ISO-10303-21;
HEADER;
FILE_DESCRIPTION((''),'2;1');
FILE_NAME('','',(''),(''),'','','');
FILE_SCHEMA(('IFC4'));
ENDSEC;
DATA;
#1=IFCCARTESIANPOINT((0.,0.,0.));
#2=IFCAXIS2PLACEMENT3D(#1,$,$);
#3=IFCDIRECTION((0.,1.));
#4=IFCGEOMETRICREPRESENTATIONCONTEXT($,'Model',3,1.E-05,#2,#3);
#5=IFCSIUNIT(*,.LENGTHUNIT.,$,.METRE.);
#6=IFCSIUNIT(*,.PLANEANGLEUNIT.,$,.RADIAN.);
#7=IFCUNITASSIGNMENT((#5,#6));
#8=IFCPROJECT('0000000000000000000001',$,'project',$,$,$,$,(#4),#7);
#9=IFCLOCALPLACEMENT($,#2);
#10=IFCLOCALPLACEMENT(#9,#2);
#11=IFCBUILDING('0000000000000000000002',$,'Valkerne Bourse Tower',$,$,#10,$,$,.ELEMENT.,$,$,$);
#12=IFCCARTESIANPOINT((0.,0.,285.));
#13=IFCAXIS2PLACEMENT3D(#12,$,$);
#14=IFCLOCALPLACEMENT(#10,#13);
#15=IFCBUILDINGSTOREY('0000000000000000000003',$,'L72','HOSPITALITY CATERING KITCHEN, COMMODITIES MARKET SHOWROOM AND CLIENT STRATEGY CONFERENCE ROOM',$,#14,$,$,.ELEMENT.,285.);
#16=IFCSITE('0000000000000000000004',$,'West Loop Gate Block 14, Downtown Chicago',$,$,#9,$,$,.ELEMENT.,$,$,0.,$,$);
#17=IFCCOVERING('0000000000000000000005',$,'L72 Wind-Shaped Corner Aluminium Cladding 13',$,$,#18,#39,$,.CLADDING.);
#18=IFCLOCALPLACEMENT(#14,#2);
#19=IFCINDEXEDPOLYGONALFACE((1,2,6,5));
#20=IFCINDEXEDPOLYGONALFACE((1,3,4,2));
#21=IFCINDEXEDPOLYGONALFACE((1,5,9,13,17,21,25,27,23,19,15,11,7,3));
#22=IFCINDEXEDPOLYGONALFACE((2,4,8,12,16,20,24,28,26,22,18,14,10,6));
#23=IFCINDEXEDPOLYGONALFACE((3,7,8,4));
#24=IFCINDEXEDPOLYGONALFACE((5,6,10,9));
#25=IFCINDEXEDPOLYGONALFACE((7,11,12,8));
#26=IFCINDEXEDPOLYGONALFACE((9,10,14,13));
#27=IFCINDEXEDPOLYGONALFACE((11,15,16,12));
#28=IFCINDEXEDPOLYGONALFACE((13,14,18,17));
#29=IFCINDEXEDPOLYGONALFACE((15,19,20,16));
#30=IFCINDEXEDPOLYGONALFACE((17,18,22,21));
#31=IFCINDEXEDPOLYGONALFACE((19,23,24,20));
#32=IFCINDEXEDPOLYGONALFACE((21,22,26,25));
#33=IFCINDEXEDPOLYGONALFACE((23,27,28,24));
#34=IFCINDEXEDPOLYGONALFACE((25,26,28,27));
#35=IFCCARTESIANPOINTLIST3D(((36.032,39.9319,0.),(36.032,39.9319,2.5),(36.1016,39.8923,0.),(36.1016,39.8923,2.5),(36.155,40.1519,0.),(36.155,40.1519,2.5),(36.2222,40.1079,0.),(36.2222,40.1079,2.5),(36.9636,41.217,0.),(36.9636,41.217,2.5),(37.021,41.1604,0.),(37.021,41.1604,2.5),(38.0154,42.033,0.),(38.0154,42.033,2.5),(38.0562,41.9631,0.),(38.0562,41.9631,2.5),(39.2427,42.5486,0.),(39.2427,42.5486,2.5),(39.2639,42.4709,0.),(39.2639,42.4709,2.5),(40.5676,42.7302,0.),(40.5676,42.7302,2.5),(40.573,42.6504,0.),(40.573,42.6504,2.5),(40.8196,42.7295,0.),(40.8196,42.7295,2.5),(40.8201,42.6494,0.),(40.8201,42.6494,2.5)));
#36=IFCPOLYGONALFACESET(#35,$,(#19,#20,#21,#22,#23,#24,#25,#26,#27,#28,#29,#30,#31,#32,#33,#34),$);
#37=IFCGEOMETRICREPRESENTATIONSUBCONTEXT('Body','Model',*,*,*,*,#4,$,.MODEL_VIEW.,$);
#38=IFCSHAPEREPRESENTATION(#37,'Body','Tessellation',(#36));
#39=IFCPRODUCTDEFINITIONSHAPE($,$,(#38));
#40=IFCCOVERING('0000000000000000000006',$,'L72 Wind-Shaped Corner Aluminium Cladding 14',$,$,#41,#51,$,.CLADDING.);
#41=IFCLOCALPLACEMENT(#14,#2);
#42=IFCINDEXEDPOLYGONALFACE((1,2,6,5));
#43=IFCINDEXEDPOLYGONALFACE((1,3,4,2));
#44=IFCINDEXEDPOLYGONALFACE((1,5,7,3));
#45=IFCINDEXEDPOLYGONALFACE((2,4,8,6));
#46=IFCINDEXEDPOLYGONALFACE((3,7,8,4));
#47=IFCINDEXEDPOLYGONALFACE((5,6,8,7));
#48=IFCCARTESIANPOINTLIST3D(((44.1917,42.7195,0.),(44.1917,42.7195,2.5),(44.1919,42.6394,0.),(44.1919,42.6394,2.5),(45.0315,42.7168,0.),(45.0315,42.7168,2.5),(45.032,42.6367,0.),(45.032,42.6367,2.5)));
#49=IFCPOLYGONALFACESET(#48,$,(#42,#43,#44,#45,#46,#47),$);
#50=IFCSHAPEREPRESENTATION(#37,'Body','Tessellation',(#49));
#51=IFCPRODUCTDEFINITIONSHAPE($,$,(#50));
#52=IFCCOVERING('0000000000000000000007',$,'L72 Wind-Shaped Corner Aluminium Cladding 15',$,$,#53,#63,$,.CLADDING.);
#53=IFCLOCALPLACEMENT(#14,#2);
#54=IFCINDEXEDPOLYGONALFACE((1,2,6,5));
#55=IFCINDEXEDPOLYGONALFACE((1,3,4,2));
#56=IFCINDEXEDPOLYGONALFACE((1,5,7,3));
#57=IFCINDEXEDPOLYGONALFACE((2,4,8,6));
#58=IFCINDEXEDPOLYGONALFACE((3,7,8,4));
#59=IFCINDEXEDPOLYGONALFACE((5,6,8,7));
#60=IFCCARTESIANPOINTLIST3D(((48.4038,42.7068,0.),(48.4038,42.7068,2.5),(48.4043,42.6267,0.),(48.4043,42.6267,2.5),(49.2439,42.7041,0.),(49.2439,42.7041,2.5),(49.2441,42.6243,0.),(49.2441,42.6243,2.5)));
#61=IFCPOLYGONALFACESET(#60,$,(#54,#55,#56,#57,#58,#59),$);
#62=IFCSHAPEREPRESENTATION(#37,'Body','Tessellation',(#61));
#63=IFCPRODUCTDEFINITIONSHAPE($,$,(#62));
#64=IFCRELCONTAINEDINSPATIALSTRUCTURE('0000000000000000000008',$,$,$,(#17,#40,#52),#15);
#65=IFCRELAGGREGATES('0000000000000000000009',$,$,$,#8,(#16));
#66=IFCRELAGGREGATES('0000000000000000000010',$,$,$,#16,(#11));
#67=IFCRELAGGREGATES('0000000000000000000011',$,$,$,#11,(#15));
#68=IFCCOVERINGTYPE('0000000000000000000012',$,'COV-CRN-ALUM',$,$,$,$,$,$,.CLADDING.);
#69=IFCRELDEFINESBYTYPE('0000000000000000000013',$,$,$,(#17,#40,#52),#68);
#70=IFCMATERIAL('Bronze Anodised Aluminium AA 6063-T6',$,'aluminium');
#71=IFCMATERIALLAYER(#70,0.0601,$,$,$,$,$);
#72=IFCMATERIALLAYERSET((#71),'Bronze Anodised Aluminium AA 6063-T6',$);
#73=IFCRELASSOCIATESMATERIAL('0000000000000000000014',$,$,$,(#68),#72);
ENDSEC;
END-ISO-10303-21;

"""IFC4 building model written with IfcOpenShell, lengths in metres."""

from ifc_helpers import new_model, si_unit, direction, frame, origin, place, context, subcontext, project, spatial, polyline, outline, extrude, material, layer, layer_set, type_object, element, save


model = new_model("IFC4")

# Units and contexts
model_context = context("Model", 3, precision=1e-05, world=origin(), true_north=direction((0.0, 1.0)))
body_context = subcontext(model_context, "Body", "Model", "MODEL_VIEW")
ifc_project = project(units=[si_unit("LENGTHUNIT", "METRE"), si_unit("PLANEANGLEUNIT", "RADIAN")], contexts=[model_context])

# Site, building, storey
site_placement = place(None, origin())
site = spatial("IfcSite", under=ifc_project, at=site_placement, Name="West Loop Gate Block 14, Downtown Chicago", CompositionType="ELEMENT", RefElevation=0.0)
building_placement = place(site_placement, origin())
building = spatial("IfcBuilding", under=site, at=building_placement, Name="Valkerne Bourse Tower", CompositionType="ELEMENT")
storey_placement = place(building_placement, frame((0.0, 0.0, 285.0)))
storey = spatial("IfcBuildingStorey", under=building, at=storey_placement, Name="L72", Description="HOSPITALITY CATERING KITCHEN, COMMODITIES MARKET SHOWROOM AND CLIENT STRATEGY CONFERENCE ROOM", CompositionType="ELEMENT", Elevation=285.0)

# Coverings
ifc_material_1 = material(Name="Bronze Anodised Aluminium AA 6063-T6", Category="aluminium")
ifc_layer_1 = layer(ifc_material_1, 0.0601)
ifc_layer_set_1 = layer_set([ifc_layer_1], Name="Bronze Anodised Aluminium AA 6063-T6")
covering_type = type_object("IfcCoveringType", Name="COV-CRN-ALUM", PredefinedType="CLADDING", material=ifc_layer_set_1)
covering_1_placement = place(storey_placement, origin())
element("IfcCovering", 1, at=covering_1_placement, inside=storey, type_object=covering_type, Name="L72 Wind-Shaped Corner Aluminium Cladding 13", PredefinedType="CLADDING", context=body_context, shape_type="SweptSolid", body=[
    extrude(outline(polyline([(36.155, 40.1519), (36.9636, 41.217), (38.0154, 42.033), (39.2427, 42.5486), (40.5676, 42.7302), (40.8196, 42.7295), (40.8201, 42.6494), (40.573, 42.6504), (39.2639, 42.4709), (38.0562, 41.9631), (37.021, 41.1604), (36.2222, 40.1079), (36.1016, 39.8923), (36.032, 39.9319), (36.155, 40.1519)])), origin(), (0.0, 0.0, 1.0), 2.5),
])
covering_2_placement = place(storey_placement, origin())
element("IfcCovering", 2, at=covering_2_placement, inside=storey, type_object=covering_type, Name="L72 Wind-Shaped Corner Aluminium Cladding 14", PredefinedType="CLADDING", context=body_context, shape_type="SweptSolid", body=[
    extrude(outline(polyline([(45.0315, 42.7168), (45.032, 42.6367), (44.1919, 42.6394), (44.1917, 42.7195), (45.0315, 42.7168)])), origin(), (0.0, 0.0, 1.0), 2.5),
])
covering_3_placement = place(storey_placement, origin())
element("IfcCovering", 3, at=covering_3_placement, inside=storey, type_object=covering_type, Name="L72 Wind-Shaped Corner Aluminium Cladding 15", PredefinedType="CLADDING", context=body_context, shape_type="SweptSolid", body=[
    extrude(outline(polyline([(49.2439, 42.7041), (49.2441, 42.6243), (48.4043, 42.6267), (48.4038, 42.7068), (49.2439, 42.7041)])), origin(), (0.0, 0.0, 1.0), 2.5),
])

save(model, "model.ifc")
